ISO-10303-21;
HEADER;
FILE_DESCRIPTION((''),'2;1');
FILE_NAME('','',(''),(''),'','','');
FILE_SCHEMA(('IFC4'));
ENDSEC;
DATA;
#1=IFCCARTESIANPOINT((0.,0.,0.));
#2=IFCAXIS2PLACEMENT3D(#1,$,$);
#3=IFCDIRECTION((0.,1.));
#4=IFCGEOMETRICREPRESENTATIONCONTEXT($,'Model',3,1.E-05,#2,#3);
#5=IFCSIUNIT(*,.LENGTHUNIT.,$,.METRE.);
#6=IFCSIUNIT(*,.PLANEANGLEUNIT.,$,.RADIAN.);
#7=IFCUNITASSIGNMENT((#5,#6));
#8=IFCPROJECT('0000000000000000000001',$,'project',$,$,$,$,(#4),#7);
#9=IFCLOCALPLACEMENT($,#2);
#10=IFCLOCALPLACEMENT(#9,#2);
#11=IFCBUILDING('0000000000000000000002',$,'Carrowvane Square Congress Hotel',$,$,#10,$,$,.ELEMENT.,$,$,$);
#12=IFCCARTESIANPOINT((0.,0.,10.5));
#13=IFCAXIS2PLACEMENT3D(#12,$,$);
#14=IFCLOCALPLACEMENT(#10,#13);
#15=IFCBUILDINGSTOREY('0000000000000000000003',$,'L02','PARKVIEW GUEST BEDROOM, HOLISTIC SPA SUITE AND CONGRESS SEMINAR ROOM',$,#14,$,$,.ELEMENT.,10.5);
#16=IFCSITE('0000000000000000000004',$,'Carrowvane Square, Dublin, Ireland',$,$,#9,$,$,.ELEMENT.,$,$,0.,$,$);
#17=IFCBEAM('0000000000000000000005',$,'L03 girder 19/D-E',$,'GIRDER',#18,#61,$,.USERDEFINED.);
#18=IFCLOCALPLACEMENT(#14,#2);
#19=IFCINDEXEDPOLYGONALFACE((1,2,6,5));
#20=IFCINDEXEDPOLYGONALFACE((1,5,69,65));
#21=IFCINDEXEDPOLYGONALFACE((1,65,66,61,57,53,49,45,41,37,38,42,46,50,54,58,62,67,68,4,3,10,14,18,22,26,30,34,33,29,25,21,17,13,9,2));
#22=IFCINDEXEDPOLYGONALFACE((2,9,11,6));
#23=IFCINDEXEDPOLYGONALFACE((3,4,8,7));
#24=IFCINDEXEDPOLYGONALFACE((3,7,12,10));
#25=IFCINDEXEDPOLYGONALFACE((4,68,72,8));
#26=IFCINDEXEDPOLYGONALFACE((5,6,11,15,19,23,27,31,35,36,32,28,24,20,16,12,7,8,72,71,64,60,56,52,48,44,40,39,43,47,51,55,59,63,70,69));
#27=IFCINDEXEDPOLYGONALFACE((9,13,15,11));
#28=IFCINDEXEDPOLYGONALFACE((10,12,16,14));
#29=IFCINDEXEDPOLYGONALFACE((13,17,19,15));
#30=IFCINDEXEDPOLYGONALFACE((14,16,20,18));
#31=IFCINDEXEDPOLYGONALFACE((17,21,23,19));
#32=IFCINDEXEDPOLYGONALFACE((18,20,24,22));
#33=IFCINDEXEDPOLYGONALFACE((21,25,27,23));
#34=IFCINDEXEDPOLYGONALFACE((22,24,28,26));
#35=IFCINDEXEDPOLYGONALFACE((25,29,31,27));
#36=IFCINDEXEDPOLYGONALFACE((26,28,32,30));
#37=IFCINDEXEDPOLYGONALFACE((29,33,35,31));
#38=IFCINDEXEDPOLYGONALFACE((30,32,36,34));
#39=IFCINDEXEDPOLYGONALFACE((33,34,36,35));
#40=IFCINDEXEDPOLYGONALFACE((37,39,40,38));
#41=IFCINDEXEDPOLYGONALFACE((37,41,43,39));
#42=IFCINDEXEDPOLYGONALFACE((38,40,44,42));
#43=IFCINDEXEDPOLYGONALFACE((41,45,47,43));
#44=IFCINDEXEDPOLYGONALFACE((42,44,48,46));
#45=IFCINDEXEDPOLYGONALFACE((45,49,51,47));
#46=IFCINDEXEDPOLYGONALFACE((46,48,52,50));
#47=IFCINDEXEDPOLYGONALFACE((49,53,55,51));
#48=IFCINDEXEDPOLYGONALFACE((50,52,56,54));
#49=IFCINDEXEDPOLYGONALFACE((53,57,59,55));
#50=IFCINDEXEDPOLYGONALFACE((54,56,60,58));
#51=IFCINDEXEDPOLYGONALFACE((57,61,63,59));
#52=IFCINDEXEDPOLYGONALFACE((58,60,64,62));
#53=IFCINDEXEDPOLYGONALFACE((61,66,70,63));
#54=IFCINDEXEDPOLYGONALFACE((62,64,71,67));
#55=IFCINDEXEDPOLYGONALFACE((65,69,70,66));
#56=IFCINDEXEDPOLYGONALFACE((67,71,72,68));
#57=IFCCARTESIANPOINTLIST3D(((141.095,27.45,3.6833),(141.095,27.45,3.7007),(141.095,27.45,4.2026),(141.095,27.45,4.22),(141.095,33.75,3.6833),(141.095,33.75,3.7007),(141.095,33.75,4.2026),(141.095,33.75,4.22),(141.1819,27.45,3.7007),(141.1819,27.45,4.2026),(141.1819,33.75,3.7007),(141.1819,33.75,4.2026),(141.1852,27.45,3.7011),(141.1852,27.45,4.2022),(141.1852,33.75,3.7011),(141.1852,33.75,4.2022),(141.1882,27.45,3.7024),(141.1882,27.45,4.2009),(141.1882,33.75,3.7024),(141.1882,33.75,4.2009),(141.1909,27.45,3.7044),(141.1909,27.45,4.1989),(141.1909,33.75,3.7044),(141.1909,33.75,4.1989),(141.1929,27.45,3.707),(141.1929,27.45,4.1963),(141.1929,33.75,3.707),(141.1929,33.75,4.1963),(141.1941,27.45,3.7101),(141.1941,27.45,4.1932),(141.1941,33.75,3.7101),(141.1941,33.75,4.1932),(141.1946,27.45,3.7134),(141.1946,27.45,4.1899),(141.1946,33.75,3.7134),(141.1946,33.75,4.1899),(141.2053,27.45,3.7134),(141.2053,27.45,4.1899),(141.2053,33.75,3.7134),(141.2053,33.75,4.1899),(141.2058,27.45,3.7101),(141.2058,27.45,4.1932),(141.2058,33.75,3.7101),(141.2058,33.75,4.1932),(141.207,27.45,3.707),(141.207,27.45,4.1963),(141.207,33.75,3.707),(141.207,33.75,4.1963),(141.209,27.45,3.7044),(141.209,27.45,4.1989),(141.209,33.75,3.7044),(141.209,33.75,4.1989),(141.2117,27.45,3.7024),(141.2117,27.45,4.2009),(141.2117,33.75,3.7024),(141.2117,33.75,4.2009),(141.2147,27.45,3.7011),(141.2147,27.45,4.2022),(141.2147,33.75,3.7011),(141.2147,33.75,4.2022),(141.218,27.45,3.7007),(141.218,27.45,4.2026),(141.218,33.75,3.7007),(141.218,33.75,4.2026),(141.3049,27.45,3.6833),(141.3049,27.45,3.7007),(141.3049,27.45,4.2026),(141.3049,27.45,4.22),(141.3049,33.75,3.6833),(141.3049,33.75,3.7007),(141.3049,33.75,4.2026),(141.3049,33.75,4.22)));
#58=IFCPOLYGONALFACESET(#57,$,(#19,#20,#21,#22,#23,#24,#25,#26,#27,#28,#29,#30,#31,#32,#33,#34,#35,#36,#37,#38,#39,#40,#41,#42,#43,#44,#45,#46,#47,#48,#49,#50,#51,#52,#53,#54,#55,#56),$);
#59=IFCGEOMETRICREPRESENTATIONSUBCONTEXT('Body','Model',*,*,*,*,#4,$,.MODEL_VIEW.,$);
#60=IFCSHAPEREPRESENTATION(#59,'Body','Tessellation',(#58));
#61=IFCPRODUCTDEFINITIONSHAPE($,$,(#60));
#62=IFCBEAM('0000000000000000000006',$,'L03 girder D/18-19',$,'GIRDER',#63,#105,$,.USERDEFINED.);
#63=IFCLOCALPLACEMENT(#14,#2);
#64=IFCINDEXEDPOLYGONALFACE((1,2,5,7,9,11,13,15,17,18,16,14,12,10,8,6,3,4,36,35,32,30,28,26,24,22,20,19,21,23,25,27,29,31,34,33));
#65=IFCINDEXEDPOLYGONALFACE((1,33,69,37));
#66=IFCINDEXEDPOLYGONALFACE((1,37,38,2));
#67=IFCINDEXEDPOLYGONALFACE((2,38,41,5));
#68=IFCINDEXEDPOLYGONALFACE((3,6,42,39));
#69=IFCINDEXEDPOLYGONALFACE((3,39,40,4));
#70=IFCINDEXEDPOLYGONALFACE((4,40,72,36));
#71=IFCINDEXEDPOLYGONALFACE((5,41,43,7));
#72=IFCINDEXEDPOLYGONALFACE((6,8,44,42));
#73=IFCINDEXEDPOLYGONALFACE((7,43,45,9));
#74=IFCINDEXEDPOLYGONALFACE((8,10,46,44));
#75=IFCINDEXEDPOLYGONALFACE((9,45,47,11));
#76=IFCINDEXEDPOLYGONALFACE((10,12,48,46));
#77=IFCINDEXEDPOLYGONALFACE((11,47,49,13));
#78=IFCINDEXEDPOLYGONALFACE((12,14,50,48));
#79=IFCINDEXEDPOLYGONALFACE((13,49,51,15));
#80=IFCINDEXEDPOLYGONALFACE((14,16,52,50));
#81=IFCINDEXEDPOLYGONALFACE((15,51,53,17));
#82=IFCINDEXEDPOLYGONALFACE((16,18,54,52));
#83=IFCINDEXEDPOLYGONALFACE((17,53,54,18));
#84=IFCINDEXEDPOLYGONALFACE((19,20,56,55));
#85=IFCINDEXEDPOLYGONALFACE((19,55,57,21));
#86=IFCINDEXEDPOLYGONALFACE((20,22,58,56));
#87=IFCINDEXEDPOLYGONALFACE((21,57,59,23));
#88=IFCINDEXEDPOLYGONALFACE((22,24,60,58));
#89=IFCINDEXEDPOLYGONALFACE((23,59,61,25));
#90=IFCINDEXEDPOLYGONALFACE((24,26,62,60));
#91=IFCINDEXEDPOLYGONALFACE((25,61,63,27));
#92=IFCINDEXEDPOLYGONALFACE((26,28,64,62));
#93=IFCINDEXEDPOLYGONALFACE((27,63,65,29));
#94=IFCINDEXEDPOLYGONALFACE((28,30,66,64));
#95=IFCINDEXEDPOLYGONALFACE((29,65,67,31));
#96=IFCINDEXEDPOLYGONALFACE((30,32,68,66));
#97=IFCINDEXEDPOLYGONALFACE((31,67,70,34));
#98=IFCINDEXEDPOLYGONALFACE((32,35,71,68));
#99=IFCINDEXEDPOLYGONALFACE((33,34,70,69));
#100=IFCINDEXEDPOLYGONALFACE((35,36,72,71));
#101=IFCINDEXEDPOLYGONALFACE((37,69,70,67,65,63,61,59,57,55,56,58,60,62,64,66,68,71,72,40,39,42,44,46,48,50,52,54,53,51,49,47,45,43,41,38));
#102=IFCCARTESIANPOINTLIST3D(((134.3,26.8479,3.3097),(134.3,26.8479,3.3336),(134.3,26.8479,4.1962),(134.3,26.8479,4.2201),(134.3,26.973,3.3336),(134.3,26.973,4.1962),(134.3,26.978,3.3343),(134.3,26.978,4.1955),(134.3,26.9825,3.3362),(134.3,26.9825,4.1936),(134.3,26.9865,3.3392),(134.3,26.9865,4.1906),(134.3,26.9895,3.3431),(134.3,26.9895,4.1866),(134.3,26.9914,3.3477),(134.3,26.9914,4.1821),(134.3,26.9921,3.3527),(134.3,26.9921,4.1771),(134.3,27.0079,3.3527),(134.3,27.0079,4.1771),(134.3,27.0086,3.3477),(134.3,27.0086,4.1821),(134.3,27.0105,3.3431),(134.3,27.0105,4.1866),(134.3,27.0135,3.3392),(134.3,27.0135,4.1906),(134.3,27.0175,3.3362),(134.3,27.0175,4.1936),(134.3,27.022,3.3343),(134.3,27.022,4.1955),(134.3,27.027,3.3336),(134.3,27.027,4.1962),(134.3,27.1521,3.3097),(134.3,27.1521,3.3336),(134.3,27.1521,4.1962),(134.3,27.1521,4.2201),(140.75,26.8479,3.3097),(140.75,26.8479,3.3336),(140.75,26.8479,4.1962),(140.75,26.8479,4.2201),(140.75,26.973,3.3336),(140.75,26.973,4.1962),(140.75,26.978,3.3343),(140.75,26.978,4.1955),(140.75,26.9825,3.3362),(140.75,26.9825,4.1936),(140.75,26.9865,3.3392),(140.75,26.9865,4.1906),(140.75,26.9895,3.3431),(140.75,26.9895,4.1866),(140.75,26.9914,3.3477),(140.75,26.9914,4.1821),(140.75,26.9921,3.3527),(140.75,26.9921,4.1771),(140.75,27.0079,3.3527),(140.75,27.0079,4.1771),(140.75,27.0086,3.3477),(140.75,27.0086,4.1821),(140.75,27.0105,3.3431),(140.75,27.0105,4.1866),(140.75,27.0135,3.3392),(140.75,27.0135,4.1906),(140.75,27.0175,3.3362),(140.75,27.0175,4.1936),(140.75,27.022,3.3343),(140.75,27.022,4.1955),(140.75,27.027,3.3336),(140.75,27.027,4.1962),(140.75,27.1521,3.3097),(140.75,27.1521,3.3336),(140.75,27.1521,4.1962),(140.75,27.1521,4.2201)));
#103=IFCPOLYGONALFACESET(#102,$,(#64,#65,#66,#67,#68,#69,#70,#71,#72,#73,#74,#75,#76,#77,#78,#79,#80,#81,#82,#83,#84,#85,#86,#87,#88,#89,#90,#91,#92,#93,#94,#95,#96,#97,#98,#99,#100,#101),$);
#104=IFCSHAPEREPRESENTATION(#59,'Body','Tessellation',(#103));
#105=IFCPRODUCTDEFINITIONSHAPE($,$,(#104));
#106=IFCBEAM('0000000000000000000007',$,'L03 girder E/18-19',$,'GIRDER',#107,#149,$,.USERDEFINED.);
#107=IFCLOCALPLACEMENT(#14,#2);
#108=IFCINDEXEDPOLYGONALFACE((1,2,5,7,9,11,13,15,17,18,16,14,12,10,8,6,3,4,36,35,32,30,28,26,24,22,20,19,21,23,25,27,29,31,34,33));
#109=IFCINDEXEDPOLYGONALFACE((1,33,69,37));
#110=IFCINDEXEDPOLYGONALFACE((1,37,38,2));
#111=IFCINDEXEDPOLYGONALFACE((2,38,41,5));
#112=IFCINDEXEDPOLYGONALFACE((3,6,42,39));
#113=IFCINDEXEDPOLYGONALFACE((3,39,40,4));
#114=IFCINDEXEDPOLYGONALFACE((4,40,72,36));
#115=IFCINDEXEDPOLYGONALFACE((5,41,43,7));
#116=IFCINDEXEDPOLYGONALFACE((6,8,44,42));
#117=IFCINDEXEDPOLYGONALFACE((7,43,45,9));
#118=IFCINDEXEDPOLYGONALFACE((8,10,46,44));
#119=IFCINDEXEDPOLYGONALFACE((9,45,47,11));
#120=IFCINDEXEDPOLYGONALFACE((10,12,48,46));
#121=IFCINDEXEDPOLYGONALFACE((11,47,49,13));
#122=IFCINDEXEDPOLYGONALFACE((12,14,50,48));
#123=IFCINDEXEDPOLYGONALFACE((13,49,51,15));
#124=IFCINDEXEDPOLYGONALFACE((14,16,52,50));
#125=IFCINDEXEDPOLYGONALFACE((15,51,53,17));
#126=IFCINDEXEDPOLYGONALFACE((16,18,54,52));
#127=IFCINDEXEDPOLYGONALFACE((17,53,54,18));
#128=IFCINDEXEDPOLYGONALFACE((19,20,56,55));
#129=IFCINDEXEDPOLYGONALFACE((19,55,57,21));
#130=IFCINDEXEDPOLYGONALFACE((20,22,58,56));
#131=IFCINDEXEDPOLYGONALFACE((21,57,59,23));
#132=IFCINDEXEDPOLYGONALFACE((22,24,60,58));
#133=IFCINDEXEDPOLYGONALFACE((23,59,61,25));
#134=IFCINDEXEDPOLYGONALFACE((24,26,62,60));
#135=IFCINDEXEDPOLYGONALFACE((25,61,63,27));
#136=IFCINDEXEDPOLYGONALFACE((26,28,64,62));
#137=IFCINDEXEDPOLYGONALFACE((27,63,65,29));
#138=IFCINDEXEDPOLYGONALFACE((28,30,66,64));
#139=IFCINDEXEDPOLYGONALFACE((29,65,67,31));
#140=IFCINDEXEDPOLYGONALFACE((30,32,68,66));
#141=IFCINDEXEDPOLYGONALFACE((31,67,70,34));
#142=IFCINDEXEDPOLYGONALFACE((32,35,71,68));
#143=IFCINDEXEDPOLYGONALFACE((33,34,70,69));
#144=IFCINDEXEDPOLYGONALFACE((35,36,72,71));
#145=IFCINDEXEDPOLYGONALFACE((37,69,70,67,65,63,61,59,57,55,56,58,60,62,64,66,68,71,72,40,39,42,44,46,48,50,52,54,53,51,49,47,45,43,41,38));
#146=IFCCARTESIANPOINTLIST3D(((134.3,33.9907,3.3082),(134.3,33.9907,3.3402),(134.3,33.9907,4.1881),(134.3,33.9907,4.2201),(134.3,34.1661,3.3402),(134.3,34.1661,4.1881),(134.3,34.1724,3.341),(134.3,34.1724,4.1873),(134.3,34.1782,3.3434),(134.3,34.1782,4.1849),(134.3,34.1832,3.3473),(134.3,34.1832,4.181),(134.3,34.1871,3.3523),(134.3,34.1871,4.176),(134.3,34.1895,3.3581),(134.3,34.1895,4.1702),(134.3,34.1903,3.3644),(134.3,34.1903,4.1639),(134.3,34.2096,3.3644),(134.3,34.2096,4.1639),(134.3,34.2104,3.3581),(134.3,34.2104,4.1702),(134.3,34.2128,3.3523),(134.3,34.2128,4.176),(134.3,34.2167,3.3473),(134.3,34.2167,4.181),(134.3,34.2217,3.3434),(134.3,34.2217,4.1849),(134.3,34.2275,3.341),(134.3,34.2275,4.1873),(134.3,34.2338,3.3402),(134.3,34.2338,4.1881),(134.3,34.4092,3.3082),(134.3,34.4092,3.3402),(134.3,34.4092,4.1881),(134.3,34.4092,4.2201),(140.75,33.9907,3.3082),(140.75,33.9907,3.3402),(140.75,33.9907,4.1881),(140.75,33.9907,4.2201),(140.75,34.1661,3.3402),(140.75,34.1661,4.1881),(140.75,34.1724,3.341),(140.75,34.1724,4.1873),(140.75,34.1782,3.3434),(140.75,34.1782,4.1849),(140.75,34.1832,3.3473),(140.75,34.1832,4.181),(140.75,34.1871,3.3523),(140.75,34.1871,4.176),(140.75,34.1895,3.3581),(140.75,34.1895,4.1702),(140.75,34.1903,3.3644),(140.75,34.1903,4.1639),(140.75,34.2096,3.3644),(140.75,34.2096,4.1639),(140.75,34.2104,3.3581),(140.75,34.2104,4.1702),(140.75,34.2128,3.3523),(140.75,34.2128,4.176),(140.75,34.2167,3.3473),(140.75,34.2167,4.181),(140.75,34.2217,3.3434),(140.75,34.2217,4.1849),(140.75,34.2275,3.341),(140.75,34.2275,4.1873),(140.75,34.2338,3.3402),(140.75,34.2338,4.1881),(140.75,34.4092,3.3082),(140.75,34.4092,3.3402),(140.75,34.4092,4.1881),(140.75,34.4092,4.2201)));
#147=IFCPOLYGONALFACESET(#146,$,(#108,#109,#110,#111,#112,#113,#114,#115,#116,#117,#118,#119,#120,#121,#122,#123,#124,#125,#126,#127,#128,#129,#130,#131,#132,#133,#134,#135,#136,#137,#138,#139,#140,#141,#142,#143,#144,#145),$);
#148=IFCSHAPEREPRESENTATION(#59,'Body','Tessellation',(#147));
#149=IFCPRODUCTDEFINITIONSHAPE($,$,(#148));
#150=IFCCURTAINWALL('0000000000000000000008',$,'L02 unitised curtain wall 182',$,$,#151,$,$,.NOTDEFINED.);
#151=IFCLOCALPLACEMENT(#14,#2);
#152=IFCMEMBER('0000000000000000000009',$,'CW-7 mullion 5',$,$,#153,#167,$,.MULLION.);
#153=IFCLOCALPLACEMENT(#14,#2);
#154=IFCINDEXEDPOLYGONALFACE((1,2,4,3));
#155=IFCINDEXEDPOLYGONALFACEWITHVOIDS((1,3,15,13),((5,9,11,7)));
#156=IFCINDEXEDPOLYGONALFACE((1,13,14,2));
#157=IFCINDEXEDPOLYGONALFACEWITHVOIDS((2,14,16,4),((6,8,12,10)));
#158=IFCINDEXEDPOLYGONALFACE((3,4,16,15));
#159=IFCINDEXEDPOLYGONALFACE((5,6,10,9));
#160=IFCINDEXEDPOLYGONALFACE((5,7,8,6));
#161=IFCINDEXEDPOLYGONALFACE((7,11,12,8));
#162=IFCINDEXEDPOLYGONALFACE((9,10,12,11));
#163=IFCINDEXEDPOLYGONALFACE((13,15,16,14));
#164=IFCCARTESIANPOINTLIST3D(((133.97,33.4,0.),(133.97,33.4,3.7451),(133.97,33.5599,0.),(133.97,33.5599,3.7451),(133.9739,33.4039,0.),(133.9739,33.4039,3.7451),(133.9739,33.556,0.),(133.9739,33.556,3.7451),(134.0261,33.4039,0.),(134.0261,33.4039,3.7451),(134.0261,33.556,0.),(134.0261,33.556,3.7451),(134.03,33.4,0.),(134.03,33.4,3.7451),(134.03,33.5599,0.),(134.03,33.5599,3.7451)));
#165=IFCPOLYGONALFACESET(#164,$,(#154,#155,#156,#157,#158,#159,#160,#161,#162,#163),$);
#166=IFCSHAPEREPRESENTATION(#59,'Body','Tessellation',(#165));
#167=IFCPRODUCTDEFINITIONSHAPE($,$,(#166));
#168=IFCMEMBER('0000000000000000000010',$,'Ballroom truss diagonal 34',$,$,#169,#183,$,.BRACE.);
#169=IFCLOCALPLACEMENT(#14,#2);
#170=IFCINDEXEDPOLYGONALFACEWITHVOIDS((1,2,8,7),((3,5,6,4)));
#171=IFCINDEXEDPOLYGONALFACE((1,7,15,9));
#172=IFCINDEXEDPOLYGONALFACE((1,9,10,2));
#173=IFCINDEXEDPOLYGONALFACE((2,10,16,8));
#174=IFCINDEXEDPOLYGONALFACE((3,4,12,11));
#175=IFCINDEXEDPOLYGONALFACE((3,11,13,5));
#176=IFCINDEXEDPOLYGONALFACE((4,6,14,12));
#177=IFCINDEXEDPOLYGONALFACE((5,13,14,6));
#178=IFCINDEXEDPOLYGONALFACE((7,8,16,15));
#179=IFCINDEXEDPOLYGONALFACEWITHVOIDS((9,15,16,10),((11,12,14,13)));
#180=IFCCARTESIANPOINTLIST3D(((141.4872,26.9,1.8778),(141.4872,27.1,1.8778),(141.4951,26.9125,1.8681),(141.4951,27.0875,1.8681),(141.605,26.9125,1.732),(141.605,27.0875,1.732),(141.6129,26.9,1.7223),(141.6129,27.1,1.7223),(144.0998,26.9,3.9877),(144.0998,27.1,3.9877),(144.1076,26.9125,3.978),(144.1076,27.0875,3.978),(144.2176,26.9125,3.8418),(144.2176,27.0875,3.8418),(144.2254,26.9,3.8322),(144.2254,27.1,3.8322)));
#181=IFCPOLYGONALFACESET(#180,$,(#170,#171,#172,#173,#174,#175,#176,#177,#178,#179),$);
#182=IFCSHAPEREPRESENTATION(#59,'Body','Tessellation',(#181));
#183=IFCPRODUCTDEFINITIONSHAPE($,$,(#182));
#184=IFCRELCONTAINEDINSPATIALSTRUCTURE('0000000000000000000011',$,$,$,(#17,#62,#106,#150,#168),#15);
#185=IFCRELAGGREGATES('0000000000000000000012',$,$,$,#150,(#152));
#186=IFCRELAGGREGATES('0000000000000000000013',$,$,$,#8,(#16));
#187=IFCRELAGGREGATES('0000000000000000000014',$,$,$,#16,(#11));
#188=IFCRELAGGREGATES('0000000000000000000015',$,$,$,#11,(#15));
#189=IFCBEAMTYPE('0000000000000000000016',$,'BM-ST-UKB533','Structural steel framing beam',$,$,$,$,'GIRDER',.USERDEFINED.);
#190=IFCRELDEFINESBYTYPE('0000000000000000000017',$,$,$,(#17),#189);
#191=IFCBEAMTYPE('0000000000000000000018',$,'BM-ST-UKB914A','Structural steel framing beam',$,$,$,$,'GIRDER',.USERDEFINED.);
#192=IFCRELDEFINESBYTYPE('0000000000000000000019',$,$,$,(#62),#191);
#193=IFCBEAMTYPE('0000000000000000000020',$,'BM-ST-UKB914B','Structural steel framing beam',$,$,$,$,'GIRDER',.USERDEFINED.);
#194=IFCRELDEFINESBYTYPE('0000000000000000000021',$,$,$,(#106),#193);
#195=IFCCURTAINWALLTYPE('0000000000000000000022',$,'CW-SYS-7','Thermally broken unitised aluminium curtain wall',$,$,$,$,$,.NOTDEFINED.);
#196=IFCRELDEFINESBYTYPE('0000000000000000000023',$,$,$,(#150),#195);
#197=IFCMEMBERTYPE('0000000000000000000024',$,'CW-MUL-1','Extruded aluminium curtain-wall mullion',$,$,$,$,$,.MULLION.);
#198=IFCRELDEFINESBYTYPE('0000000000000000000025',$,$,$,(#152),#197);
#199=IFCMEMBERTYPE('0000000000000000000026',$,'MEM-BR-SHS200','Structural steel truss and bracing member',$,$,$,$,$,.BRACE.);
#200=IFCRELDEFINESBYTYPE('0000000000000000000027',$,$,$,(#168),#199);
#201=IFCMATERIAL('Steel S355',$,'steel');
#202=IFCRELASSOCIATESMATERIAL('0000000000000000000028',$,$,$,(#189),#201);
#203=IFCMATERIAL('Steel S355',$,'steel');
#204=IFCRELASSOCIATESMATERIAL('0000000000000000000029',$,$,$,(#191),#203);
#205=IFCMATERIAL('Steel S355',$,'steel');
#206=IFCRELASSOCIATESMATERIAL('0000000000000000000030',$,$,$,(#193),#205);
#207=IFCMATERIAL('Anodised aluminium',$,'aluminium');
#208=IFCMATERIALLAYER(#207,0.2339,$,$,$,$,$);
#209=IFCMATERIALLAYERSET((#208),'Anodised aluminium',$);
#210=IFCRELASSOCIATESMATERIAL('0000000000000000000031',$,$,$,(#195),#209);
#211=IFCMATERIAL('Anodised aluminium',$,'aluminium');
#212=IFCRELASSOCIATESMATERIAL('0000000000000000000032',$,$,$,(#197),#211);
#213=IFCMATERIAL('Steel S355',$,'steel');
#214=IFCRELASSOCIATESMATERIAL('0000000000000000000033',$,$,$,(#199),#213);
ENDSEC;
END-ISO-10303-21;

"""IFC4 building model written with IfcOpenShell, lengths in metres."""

from ifc_helpers import new_model, si_unit, direction, frame, origin, origin_2d, place, context, subcontext, project, spatial, hollow_rectangle, i_section, extrude, material, layer, layer_set, material_profile, profile_set, type_object, element, aggregate, save


model = new_model("IFC4")

# Units and contexts
model_context = context("Model", 3, precision=1e-05, world=origin(), true_north=direction((0.0, 1.0)))
body_context = subcontext(model_context, "Body", "Model", "MODEL_VIEW")
ifc_project = project(units=[si_unit("LENGTHUNIT", "METRE"), si_unit("PLANEANGLEUNIT", "RADIAN")], contexts=[model_context])

# Site, building, storey
site_placement = place(None, origin())
site = spatial("IfcSite", under=ifc_project, at=site_placement, Name="Carrowvane Square, Dublin, Ireland", CompositionType="ELEMENT", RefElevation=0.0)
building_placement = place(site_placement, origin())
building = spatial("IfcBuilding", under=site, at=building_placement, Name="Carrowvane Square Congress Hotel", CompositionType="ELEMENT")
storey_placement = place(building_placement, frame((0.0, 0.0, 10.5)))
storey = spatial("IfcBuildingStorey", under=building, at=storey_placement, Name="L02", Description="PARKVIEW GUEST BEDROOM, HOLISTIC SPA SUITE AND CONGRESS SEMINAR ROOM", CompositionType="ELEMENT", Elevation=10.5)

# Beams
ifc_material_1 = material(Name="Steel S355", Category="steel")
ifc_material_profile_1 = material_profile(ifc_material_1, i_section(OverallWidth=0.21, OverallDepth=0.5366, WebThickness=0.0107, FlangeThickness=0.0173, FilletRadius=0.0127, at=origin_2d()), Name="UKB 533x210x101")
ifc_profile_set_1 = profile_set([ifc_material_profile_1], Name="Steel S355")
beam_type_1 = type_object("IfcBeamType", Name="BM-ST-UKB533", Description="Structural steel framing beam", ElementType="GIRDER", PredefinedType="USERDEFINED", material=ifc_profile_set_1)
beam_1_placement = place(storey_placement, frame((141.2, 27.45, 3.9517), z_axis=(0.0, 1.0, 0.0), x_axis=(-1.0, 0.0, 0.0)))
element("IfcBeam", 1, at=beam_1_placement, inside=storey, type_object=beam_type_1, Name="L03 girder 19/D-E", ObjectType="GIRDER", PredefinedType="USERDEFINED", context=body_context, shape_type="SweptSolid", body=[
    extrude(i_section(OverallWidth=0.21, OverallDepth=0.5366, WebThickness=0.0107, FlangeThickness=0.0173, FilletRadius=0.0127, at=origin_2d()), origin(), (0.0, 0.0, 1.0), 6.3),
])
ifc_material_2 = material(Name="Steel S355", Category="steel")
ifc_material_profile_2 = material_profile(ifc_material_2, i_section(OverallWidth=0.3042, OverallDepth=0.9104, WebThickness=0.0159, FlangeThickness=0.0239, FilletRadius=0.019, at=origin_2d()), Name="UKB 914x305x224")
ifc_profile_set_2 = profile_set([ifc_material_profile_2], Name="Steel S355")
beam_type_2 = type_object("IfcBeamType", Name="BM-ST-UKB914A", Description="Structural steel framing beam", ElementType="GIRDER", PredefinedType="USERDEFINED", material=ifc_profile_set_2)
beam_2_placement = place(storey_placement, frame((134.3, 27.0, 3.7649), z_axis=(1.0, 0.0, 0.0), x_axis=(0.0, 1.0, 0.0)))
element("IfcBeam", 2, at=beam_2_placement, inside=storey, type_object=beam_type_2, Name="L03 girder D/18-19", ObjectType="GIRDER", PredefinedType="USERDEFINED", context=body_context, shape_type="SweptSolid", body=[
    extrude(i_section(OverallWidth=0.3042, OverallDepth=0.9104, WebThickness=0.0159, FlangeThickness=0.0239, FilletRadius=0.019, at=origin_2d()), origin(), (0.0, 0.0, 1.0), 6.45),
])
ifc_material_3 = material(Name="Steel S355", Category="steel")
ifc_material_profile_3 = material_profile(ifc_material_3, i_section(OverallWidth=0.4185, OverallDepth=0.9119, WebThickness=0.0193, FlangeThickness=0.032, FilletRadius=0.0242, at=origin_2d()), Name="UKB 914x419x343")
ifc_profile_set_3 = profile_set([ifc_material_profile_3], Name="Steel S355")
beam_type_3 = type_object("IfcBeamType", Name="BM-ST-UKB914B", Description="Structural steel framing beam", ElementType="GIRDER", PredefinedType="USERDEFINED", material=ifc_profile_set_3)
beam_3_placement = place(storey_placement, frame((134.3, 34.2, 3.7642), z_axis=(1.0, 0.0, 0.0), x_axis=(0.0, 1.0, 0.0)))
element("IfcBeam", 3, at=beam_3_placement, inside=storey, type_object=beam_type_3, Name="L03 girder E/18-19", ObjectType="GIRDER", PredefinedType="USERDEFINED", context=body_context, shape_type="SweptSolid", body=[
    extrude(i_section(OverallWidth=0.4185, OverallDepth=0.9119, WebThickness=0.0193, FlangeThickness=0.032, FilletRadius=0.0242, at=origin_2d()), origin(), (0.0, 0.0, 1.0), 6.45),
])

# Curtain wall, member
ifc_material_4 = material(Name="Anodised aluminium", Category="aluminium")
ifc_layer_1 = layer(ifc_material_4, 0.2339)
ifc_layer_set_1 = layer_set([ifc_layer_1], Name="Anodised aluminium")
curtain_wall_type = type_object("IfcCurtainWallType", Name="CW-SYS-7", Description="Thermally broken unitised aluminium curtain wall", PredefinedType="NOTDEFINED", material=ifc_layer_set_1)
curtain_wall_placement = place(storey_placement, origin())
curtain_wall = element("IfcCurtainWall", 4, at=curtain_wall_placement, inside=storey, type_object=curtain_wall_type, Name="L02 unitised curtain wall 182", PredefinedType="NOTDEFINED")
ifc_material_5 = material(Name="Anodised aluminium", Category="aluminium")
ifc_material_profile_4 = material_profile(ifc_material_5, hollow_rectangle(XDim=0.0601, YDim=0.1599, WallThickness=0.0039, at=origin_2d()), Name="CW-ML 60x160x4")
ifc_profile_set_4 = profile_set([ifc_material_profile_4], Name="Anodised aluminium")
member_type_1 = type_object("IfcMemberType", Name="CW-MUL-1", Description="Extruded aluminium curtain-wall mullion", PredefinedType="MULLION", material=ifc_profile_set_4)
member_1_placement = place(storey_placement, frame((134.0, 33.48, 0.0), z_axis=(0.0, 0.0, 1.0), x_axis=(-1.0, 0.0, 0.0)))
member_1 = element("IfcMember", 5, at=member_1_placement, type_object=member_type_1, Name="CW-7 mullion 5", PredefinedType="MULLION", context=body_context, shape_type="SweptSolid", body=[
    extrude(hollow_rectangle(XDim=0.0601, YDim=0.1599, WallThickness=0.0039, at=origin_2d()), origin(), (0.0, 0.0, 1.0), 3.7451),
])

# Member
ifc_material_6 = material(Name="Steel S355", Category="steel")
ifc_material_profile_5 = material_profile(ifc_material_6, hollow_rectangle(XDim=0.2, YDim=0.2, WallThickness=0.0125, at=origin_2d()), Name="SHS 200x200x12.5")
ifc_profile_set_5 = profile_set([ifc_material_profile_5], Name="Steel S355")
member_type_2 = type_object("IfcMemberType", Name="MEM-BR-SHS200", Description="Structural steel truss and bracing member", PredefinedType="BRACE", material=ifc_profile_set_5)
for number, where, z_axis, x_axis, name in (
    (6, (141.55, 27.0, 1.8), (0.777981, 0.0, 0.628288), (0.0, 1.0, 0.0), "Ballroom truss diagonal 34"),
):
    element("IfcMember", number, at=place(storey_placement, frame(where, z_axis=z_axis, x_axis=x_axis)), inside=storey, type_object=member_type_2, Name=name, PredefinedType="BRACE", context=body_context, shape_type="SweptSolid", body=[
        extrude(hollow_rectangle(XDim=0.2, YDim=0.2, WallThickness=0.0125, at=origin_2d()), origin(), (0.0, 0.0, 1.0), 3.3582),
    ])

aggregate(curtain_wall, [member_1])

save(model, "model.ifc")
